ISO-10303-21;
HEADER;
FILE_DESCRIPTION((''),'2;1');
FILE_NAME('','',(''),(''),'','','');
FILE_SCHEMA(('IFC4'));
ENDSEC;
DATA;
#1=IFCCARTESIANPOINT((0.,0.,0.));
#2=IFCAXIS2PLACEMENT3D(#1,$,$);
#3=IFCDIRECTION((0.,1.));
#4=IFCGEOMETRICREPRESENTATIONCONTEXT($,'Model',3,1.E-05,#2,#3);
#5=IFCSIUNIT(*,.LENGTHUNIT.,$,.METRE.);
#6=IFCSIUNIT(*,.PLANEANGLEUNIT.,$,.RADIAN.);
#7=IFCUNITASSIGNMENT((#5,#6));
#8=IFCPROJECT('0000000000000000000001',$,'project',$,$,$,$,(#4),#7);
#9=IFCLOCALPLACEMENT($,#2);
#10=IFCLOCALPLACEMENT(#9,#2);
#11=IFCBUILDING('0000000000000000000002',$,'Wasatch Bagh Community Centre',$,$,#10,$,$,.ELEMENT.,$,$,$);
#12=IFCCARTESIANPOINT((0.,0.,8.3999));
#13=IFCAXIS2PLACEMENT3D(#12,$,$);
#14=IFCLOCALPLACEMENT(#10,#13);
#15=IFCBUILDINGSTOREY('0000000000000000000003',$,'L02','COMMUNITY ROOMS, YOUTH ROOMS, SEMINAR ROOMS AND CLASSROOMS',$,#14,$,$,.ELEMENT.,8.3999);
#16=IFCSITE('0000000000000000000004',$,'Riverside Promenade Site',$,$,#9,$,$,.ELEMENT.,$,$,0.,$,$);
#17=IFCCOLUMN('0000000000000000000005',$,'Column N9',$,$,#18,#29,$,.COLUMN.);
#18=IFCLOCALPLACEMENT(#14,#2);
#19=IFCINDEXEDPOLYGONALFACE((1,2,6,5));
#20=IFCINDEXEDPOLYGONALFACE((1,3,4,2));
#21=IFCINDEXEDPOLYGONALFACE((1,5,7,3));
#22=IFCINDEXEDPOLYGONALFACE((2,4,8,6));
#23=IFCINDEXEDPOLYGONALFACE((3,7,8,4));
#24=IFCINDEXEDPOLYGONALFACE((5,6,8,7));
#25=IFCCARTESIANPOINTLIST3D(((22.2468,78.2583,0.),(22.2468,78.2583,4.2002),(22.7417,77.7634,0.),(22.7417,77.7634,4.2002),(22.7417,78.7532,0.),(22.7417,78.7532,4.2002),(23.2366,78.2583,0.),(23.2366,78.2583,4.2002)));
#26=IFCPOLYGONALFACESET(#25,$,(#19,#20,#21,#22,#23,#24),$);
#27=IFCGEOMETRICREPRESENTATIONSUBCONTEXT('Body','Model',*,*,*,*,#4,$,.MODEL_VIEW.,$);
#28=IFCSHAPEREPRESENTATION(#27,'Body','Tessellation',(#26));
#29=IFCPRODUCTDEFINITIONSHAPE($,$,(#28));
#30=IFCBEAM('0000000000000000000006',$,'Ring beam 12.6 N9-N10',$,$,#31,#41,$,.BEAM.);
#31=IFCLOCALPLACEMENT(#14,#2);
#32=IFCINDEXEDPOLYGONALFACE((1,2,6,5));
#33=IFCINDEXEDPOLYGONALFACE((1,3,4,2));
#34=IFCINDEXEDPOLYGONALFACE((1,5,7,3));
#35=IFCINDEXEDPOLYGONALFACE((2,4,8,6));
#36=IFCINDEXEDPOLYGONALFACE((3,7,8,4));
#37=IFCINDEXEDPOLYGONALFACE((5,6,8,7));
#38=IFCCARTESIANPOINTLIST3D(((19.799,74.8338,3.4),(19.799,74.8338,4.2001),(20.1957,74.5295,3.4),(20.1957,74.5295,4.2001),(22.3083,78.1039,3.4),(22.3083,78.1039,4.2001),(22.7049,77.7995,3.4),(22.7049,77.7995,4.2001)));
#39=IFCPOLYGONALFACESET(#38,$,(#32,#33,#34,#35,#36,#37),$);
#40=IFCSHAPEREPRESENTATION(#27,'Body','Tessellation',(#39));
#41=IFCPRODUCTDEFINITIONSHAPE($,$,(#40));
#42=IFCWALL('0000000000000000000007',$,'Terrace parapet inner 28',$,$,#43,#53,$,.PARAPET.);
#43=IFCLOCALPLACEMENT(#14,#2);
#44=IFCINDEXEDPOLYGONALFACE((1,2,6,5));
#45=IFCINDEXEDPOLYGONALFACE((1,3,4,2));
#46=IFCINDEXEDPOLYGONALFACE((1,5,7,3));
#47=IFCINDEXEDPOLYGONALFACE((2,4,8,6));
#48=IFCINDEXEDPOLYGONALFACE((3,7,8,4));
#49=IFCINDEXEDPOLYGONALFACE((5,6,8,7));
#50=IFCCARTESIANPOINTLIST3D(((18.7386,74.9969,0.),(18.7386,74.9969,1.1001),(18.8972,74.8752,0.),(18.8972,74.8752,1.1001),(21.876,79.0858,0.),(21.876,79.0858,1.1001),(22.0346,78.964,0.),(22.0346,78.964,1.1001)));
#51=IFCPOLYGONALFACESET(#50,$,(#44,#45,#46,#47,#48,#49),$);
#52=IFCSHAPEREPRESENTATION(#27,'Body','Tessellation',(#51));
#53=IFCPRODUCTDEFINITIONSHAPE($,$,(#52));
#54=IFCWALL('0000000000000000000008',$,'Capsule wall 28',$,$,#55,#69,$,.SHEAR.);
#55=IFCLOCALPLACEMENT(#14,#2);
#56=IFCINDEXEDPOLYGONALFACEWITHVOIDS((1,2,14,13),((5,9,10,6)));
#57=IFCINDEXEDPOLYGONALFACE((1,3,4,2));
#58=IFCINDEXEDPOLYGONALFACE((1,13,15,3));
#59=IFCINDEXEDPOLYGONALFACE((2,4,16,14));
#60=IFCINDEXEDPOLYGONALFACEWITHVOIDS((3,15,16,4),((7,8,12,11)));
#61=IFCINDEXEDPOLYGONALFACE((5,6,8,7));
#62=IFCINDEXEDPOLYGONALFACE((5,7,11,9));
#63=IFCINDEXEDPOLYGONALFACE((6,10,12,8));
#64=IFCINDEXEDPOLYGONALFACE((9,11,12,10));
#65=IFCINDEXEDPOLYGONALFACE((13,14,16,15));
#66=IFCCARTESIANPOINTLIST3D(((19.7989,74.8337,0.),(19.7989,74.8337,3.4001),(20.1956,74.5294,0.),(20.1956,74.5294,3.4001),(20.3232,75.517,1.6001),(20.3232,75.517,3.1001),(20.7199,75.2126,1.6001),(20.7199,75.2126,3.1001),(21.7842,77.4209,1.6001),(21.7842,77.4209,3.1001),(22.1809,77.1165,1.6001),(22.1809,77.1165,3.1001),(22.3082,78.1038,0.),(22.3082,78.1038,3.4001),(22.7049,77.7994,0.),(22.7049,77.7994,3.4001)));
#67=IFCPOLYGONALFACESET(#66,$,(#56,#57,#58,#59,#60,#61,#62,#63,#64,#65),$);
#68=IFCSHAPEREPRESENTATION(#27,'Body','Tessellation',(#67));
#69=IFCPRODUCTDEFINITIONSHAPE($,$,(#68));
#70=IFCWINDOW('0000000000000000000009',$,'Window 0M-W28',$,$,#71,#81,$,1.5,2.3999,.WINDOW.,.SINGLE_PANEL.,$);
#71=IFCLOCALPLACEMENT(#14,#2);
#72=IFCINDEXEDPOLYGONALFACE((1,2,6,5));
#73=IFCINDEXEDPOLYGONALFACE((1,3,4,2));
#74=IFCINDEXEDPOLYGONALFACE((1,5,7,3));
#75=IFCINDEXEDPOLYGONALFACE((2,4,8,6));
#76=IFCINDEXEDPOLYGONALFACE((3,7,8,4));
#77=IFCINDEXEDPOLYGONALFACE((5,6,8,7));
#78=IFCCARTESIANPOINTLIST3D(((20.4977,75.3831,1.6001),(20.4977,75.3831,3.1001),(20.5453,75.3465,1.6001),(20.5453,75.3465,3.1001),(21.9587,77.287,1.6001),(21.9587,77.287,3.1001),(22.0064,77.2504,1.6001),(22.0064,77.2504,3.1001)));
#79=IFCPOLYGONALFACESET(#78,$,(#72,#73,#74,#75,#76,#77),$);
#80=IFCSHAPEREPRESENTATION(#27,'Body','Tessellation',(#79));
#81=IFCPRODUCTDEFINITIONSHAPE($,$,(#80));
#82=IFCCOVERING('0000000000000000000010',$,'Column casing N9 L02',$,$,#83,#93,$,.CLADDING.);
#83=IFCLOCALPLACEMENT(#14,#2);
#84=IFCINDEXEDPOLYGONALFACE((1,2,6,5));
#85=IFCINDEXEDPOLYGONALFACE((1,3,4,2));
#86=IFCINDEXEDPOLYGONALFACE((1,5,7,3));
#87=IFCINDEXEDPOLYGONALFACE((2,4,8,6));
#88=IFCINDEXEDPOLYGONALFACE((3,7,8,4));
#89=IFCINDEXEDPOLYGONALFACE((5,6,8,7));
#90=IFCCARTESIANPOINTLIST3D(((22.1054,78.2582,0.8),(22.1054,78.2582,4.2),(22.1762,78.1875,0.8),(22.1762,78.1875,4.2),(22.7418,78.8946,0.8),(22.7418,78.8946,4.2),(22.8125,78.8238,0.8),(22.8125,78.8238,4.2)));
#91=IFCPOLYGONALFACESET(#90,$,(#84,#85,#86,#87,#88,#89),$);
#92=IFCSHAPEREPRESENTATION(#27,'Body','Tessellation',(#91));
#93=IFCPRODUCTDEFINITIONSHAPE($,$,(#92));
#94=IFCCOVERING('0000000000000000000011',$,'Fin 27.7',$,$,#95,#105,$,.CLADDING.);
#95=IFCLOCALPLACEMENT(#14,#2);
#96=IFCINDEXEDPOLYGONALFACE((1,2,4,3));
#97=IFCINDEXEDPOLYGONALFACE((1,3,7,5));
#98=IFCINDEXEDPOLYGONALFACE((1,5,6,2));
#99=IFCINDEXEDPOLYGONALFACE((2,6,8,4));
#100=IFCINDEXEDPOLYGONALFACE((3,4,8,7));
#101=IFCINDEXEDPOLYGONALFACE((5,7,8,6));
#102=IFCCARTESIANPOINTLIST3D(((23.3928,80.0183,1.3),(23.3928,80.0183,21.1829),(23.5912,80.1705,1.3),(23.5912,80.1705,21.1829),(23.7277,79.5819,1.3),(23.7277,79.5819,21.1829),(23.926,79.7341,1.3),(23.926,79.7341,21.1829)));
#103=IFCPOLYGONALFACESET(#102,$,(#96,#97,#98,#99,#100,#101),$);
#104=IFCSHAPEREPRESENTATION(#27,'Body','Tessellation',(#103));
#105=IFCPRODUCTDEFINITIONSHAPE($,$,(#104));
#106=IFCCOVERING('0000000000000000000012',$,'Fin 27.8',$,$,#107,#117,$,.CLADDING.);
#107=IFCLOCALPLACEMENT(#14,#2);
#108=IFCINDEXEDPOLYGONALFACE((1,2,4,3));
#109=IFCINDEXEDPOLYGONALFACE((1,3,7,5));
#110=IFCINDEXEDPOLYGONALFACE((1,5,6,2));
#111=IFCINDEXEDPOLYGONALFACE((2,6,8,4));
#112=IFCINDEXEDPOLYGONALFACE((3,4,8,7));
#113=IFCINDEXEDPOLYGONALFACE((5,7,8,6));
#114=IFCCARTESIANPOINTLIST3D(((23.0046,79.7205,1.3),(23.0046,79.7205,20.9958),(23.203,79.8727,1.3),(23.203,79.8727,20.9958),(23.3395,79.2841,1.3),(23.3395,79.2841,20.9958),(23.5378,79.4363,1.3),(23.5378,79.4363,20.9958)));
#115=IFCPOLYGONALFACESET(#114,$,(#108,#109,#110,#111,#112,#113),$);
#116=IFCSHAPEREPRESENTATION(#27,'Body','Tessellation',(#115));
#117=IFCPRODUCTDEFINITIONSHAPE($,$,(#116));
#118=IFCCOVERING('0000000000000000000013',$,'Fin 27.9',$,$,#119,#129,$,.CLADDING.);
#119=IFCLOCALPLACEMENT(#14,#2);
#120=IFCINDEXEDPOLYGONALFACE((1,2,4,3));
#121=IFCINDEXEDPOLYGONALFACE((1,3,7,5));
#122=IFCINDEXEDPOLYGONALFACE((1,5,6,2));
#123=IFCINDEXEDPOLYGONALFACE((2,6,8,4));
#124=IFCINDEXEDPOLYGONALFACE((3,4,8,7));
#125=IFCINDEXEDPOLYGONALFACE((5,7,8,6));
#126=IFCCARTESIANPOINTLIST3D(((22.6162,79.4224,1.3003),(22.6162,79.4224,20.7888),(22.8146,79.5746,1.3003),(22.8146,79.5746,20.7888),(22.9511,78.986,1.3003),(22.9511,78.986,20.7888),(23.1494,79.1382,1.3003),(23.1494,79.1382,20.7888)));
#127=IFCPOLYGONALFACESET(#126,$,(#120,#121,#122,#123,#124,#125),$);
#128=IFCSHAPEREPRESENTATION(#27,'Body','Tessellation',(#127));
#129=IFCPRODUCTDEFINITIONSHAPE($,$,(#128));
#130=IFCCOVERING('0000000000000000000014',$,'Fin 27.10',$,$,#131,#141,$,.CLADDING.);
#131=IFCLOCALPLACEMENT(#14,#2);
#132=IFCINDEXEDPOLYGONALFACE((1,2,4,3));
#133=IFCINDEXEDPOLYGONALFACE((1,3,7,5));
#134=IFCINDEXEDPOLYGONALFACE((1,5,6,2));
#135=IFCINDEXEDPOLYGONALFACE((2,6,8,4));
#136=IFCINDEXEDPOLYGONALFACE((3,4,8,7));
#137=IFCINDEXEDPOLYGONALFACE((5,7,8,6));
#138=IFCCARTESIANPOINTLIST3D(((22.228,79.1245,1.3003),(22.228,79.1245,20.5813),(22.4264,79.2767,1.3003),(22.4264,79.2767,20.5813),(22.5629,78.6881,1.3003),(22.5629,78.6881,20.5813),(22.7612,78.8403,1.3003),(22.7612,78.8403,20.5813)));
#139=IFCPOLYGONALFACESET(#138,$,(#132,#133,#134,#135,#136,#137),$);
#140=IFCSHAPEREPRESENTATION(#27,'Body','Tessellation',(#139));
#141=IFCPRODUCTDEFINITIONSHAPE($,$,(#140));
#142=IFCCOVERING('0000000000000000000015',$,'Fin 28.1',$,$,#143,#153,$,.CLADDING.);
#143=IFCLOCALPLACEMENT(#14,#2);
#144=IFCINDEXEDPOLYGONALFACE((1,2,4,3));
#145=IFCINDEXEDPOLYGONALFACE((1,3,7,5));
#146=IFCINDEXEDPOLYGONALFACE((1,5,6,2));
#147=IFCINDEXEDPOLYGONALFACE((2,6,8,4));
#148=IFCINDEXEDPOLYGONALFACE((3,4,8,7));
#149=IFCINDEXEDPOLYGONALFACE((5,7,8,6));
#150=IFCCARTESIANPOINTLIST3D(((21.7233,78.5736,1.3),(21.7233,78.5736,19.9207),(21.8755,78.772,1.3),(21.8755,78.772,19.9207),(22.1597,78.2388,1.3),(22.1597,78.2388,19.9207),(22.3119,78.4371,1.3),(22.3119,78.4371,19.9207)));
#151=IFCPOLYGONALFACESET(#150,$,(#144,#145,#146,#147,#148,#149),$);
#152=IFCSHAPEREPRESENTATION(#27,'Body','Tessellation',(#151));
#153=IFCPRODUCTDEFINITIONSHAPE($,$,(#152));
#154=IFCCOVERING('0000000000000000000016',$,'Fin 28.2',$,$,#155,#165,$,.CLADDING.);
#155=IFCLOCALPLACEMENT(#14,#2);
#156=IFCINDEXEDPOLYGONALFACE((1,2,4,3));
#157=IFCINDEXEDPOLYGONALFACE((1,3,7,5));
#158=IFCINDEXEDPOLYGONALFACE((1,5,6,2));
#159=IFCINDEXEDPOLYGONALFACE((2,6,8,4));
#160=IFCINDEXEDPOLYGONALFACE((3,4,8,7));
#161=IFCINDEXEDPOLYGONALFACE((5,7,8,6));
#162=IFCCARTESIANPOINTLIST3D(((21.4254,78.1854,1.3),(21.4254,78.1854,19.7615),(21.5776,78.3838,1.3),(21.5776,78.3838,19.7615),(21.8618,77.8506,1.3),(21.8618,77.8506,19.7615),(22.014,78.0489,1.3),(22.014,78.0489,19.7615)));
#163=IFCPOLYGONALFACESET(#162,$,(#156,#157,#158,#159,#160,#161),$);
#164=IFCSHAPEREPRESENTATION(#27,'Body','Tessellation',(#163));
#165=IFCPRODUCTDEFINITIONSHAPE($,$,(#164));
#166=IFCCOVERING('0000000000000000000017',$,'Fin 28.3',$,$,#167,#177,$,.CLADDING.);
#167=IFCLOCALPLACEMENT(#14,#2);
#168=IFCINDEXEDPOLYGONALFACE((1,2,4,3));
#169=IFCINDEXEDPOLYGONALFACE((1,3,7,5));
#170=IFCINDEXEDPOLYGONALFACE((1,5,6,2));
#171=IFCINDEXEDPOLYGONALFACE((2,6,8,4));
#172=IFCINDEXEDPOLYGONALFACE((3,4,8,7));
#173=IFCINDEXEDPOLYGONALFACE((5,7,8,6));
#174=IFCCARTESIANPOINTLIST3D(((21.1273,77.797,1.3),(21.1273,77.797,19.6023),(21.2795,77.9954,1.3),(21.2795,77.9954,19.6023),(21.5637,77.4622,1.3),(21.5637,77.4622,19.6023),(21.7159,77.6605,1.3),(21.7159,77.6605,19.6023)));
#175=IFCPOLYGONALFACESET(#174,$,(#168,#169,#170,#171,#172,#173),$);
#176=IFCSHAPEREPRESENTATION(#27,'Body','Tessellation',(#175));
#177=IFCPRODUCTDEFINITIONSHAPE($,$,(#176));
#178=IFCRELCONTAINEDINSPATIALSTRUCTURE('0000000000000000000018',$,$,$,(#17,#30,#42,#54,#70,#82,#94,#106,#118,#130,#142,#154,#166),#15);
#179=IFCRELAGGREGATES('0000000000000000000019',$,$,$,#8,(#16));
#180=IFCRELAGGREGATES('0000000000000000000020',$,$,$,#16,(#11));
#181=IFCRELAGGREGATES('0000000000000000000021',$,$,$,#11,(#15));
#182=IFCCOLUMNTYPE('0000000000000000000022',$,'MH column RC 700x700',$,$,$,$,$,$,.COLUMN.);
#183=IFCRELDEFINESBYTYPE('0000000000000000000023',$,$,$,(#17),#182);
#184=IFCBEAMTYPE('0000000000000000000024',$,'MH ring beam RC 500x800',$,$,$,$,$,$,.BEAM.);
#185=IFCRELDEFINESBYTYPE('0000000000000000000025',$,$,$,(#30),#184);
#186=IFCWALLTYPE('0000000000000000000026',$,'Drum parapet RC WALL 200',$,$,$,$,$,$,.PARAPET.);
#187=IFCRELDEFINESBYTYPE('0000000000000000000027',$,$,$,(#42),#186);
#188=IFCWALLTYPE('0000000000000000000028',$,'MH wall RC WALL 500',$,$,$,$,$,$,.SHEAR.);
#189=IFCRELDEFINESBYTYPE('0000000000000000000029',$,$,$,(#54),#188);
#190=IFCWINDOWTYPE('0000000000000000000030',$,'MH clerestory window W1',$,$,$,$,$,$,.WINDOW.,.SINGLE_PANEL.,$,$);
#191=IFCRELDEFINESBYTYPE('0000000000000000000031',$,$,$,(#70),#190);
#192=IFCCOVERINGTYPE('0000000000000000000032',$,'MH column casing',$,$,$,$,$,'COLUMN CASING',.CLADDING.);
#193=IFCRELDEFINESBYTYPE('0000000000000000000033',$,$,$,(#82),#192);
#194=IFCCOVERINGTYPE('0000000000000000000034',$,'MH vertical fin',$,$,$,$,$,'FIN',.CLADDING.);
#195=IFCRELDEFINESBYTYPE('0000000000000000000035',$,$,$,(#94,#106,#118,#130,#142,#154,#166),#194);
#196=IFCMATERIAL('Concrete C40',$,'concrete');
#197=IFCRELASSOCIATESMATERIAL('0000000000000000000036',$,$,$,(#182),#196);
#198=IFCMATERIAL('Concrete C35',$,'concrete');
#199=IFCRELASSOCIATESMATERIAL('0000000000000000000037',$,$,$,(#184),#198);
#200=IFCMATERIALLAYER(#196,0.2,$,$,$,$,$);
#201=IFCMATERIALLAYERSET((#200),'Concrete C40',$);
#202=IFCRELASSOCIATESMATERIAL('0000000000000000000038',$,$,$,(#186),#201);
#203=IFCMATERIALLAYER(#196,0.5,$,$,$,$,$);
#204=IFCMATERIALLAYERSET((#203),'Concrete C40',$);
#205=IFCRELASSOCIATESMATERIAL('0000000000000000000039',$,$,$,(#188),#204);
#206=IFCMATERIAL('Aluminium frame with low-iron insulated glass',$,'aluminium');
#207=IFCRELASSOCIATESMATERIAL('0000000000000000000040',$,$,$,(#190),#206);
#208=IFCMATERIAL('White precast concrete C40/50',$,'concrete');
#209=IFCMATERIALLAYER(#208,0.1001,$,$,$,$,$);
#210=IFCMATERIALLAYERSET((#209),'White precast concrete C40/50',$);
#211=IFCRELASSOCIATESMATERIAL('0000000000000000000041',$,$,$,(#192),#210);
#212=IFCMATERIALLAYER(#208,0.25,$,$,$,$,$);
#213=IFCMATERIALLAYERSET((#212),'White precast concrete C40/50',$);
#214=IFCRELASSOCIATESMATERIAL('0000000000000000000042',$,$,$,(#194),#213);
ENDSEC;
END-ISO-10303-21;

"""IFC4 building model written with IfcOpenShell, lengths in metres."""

from ifc_helpers import new_model, si_unit, direction, frame, frame_2d, origin, origin_2d, place, context, subcontext, project, spatial, rectangle, extrude, material, layer, layer_set, material_profile, profile_set, type_object, element, fill, save


model = new_model("IFC4")

# Units and contexts
model_context = context("Model", 3, precision=1e-05, world=origin(), true_north=direction((0.0, 1.0)))
body_context = subcontext(model_context, "Body", "Model", "MODEL_VIEW")
ifc_project = project(units=[si_unit("LENGTHUNIT", "METRE"), si_unit("PLANEANGLEUNIT", "RADIAN")], contexts=[model_context])

# Site, building, storey
site_placement = place(None, origin())
site = spatial("IfcSite", under=ifc_project, at=site_placement, Name="Riverside Promenade Site", CompositionType="ELEMENT", RefElevation=0.0)
building_placement = place(site_placement, origin())
building = spatial("IfcBuilding", under=site, at=building_placement, Name="Wasatch Bagh Community Centre", CompositionType="ELEMENT")
storey_placement = place(building_placement, frame((0.0, 0.0, 8.3999)))
storey = spatial("IfcBuildingStorey", under=building, at=storey_placement, Name="L02", Description="COMMUNITY ROOMS, YOUTH ROOMS, SEMINAR ROOMS AND CLASSROOMS", CompositionType="ELEMENT", Elevation=8.3999)

# Column
ifc_material_1 = material(Name="Concrete C40", Category="concrete")
ifc_material_profile_1 = material_profile(ifc_material_1, rectangle(XDim=0.7, YDim=0.7, at=origin_2d()), Name="RC 700x700")
ifc_profile_set_1 = profile_set([ifc_material_profile_1], Name="Concrete C40")
column_type = type_object("IfcColumnType", Name="MH column RC 700x700", PredefinedType="COLUMN", material=ifc_profile_set_1)
column_placement = place(storey_placement, frame((22.7417, 78.2583, 0.0), z_axis=(0.0, 0.0, 1.0), x_axis=(0.707107, 0.707107, 0.0)))
element("IfcColumn", 1, at=column_placement, inside=storey, type_object=column_type, Name="Column N9", PredefinedType="COLUMN", context=body_context, shape_type="SweptSolid", body=[
    extrude(rectangle(XDim=0.7, YDim=0.7, at=origin_2d()), origin(), (0.0, 0.0, 1.0), 4.2002),
])

# Beam
ifc_material_2 = material(Name="Concrete C35", Category="concrete")
ifc_material_profile_2 = material_profile(ifc_material_2, rectangle(XDim=0.5, YDim=0.8, at=origin_2d()), Name="RC 500x800")
ifc_profile_set_2 = profile_set([ifc_material_profile_2], Name="Concrete C35")
beam_type = type_object("IfcBeamType", Name="MH ring beam RC 500x800", PredefinedType="BEAM", material=ifc_profile_set_2)
beam_placement = place(storey_placement, frame((22.5066, 77.9517, 3.8), z_axis=(-0.608777, -0.793341, 0.0), x_axis=(0.793341, -0.608777, 0.0)))
element("IfcBeam", 2, at=beam_placement, inside=storey, type_object=beam_type, Name="Ring beam 12.6 N9-N10", PredefinedType="BEAM", context=body_context, shape_type="SweptSolid", body=[
    extrude(rectangle(XDim=0.5, YDim=0.8, at=origin_2d()), origin(), (0.0, 0.0, 1.0), 4.1218),
])

# Wall
ifc_layer_1 = layer(ifc_material_1, 0.2)
ifc_layer_set_1 = layer_set([ifc_layer_1], Name="Concrete C40")
wall_type_1 = type_object("IfcWallType", Name="Drum parapet RC WALL 200", PredefinedType="PARAPET", material=ifc_layer_set_1)
wall_1_placement = place(storey_placement, frame((21.9553, 79.0249, 0.0), z_axis=(0.0, 0.0, 1.0), x_axis=(-0.608756, -0.793358, 0.0)))
element("IfcWall", 3, at=wall_1_placement, inside=storey, type_object=wall_type_1, Name="Terrace parapet inner 28", PredefinedType="PARAPET", context=body_context, shape_type="SweptSolid", body=[
    extrude(rectangle(XDim=5.1538, YDim=0.2, at=frame_2d((2.5769, 0.0))), origin(), (0.0, 0.0, 1.0), 1.1001),
])

# Wall, opening, window
ifc_layer_2 = layer(ifc_material_1, 0.5)
ifc_layer_set_2 = layer_set([ifc_layer_2], Name="Concrete C40")
wall_type_2 = type_object("IfcWallType", Name="MH wall RC WALL 500", PredefinedType="SHEAR", material=ifc_layer_set_2)
wall_2_placement = place(storey_placement, frame((22.5066, 77.9517, 0.0), z_axis=(0.0, 0.0, 1.0), x_axis=(-0.608777, -0.793341, 0.0)))
wall_2 = element("IfcWall", 4, at=wall_2_placement, inside=storey, type_object=wall_type_2, Name="Capsule wall 28", PredefinedType="SHEAR", context=body_context, shape_type="SweptSolid", body=[
    extrude(rectangle(XDim=4.1218, YDim=0.5, at=frame_2d((2.061, 0.0))), origin(), (0.0, 0.0, 1.0), 3.4001),
])
opening_placement = place(wall_2_placement, frame((0.8608, 0.0, 1.6001)))
opening = element("IfcOpeningElement", 5, at=opening_placement, cuts=wall_2, PredefinedType="OPENING", context=body_context, shape_type="SweptSolid", body=[
    extrude(rectangle(XDim=2.3999, YDim=1.5, at=frame_2d((1.2, 0.75))), frame((0.0, 0.26, 0.0), z_axis=(0.0, -1.0, 0.0), x_axis=(1.0, 0.0, 0.0)), (0.0, 0.0, 1.0), 0.52),
])
ifc_material_3 = material(Name="Aluminium frame with low-iron insulated glass", Category="aluminium")
window_type = type_object("IfcWindowType", Name="MH clerestory window W1", PartitioningType="SINGLE_PANEL", PredefinedType="WINDOW", material=ifc_material_3)
window_placement = place(opening_placement, origin())
window = element("IfcWindow", 6, at=window_placement, inside=storey, type_object=window_type, Name="Window 0M-W28", OverallHeight=1.5, OverallWidth=2.3999, PartitioningType="SINGLE_PANEL", PredefinedType="WINDOW", context=body_context, shape_type="SweptSolid", body=[
    extrude(rectangle(XDim=2.3999, YDim=1.5, at=frame_2d((1.2, 0.75))), frame((0.0, 0.03, 0.0), z_axis=(0.0, -1.0, 0.0), x_axis=(1.0, 0.0, 0.0)), (0.0, 0.0, 1.0), 0.0601),
])
fill(opening, window)

# Coverings
ifc_material_4 = material(Name="White precast concrete C40/50", Category="concrete")
ifc_layer_3 = layer(ifc_material_4, 0.1001)
ifc_layer_set_3 = layer_set([ifc_layer_3], Name="White precast concrete C40/50")
covering_type_1 = type_object("IfcCoveringType", Name="MH column casing", ElementType="COLUMN CASING", PredefinedType="CLADDING", material=ifc_layer_set_3)
covering_1_placement = place(storey_placement, frame((22.459, 78.541, 0.8), z_axis=(0.0, 0.0, 1.0), x_axis=(-0.707107, -0.707107, 0.0)))
element("IfcCovering", 7, at=covering_1_placement, inside=storey, type_object=covering_type_1, Name="Column casing N9 L02", PredefinedType="CLADDING", context=body_context, shape_type="SweptSolid", body=[
    extrude(rectangle(XDim=0.8999, YDim=0.1001, at=origin_2d()), origin(), (0.0, 0.0, 1.0), 3.3999),
])
ifc_layer_4 = layer(ifc_material_4, 0.25)
ifc_layer_set_4 = layer_set([ifc_layer_4], Name="White precast concrete C40/50")
covering_type_2 = type_object("IfcCoveringType", Name="MH vertical fin", ElementType="FIN", PredefinedType="CLADDING", material=ifc_layer_set_4)
covering_2_placement = place(storey_placement, frame((23.6594, 79.8762, 1.3), z_axis=(0.0, 0.0, 1.0), x_axis=(-0.793353, -0.608761, 0.0)))
element("IfcCovering", 8, at=covering_2_placement, inside=storey, type_object=covering_type_2, Name="Fin 27.7", PredefinedType="CLADDING", context=body_context, shape_type="SweptSolid", body=[
    extrude(rectangle(XDim=0.25, YDim=0.55, at=origin_2d()), origin(), (0.0, 0.0, 1.0), 19.8828),
])
covering_3_placement = place(storey_placement, frame((23.2712, 79.5784, 1.3), z_axis=(0.0, 0.0, 1.0), x_axis=(-0.793353, -0.608761, 0.0)))
element("IfcCovering", 9, at=covering_3_placement, inside=storey, type_object=covering_type_2, Name="Fin 27.8", PredefinedType="CLADDING", context=body_context, shape_type="SweptSolid", body=[
    extrude(rectangle(XDim=0.25, YDim=0.55, at=origin_2d()), origin(), (0.0, 0.0, 1.0), 19.6958),
])
covering_4_placement = place(storey_placement, frame((22.8828, 79.2803, 1.3003), z_axis=(0.0, 0.0, 1.0), x_axis=(-0.793353, -0.608761, 0.0)))
element("IfcCovering", 10, at=covering_4_placement, inside=storey, type_object=covering_type_2, Name="Fin 27.9", PredefinedType="CLADDING", context=body_context, shape_type="SweptSolid", body=[
    extrude(rectangle(XDim=0.25, YDim=0.55, at=origin_2d()), origin(), (0.0, 0.0, 1.0), 19.4885),
])
covering_5_placement = place(storey_placement, frame((22.4946, 78.9824, 1.3003), z_axis=(0.0, 0.0, 1.0), x_axis=(-0.793353, -0.608761, 0.0)))
element("IfcCovering", 11, at=covering_5_placement, inside=storey, type_object=covering_type_2, Name="Fin 27.10", PredefinedType="CLADDING", context=body_context, shape_type="SweptSolid", body=[
    extrude(rectangle(XDim=0.25, YDim=0.55, at=origin_2d()), origin(), (0.0, 0.0, 1.0), 19.281),
])
covering_6_placement = place(storey_placement, frame((22.0176, 78.5054, 1.3), z_axis=(0.0, 0.0, 1.0), x_axis=(-0.608761, -0.793353, 0.0)))
element("IfcCovering", 12, at=covering_6_placement, inside=storey, type_object=covering_type_2, Name="Fin 28.1", PredefinedType="CLADDING", context=body_context, shape_type="SweptSolid", body=[
    extrude(rectangle(XDim=0.25, YDim=0.55, at=origin_2d()), origin(), (0.0, 0.0, 1.0), 18.6206),
])
covering_7_placement = place(storey_placement, frame((21.7197, 78.1172, 1.3), z_axis=(0.0, 0.0, 1.0), x_axis=(-0.608761, -0.793353, 0.0)))
element("IfcCovering", 13, at=covering_7_placement, inside=storey, type_object=covering_type_2, Name="Fin 28.2", PredefinedType="CLADDING", context=body_context, shape_type="SweptSolid", body=[
    extrude(rectangle(XDim=0.25, YDim=0.55, at=origin_2d()), origin(), (0.0, 0.0, 1.0), 18.4614),
])
covering_8_placement = place(storey_placement, frame((21.4216, 77.7288, 1.3), z_axis=(0.0, 0.0, 1.0), x_axis=(-0.608761, -0.793353, 0.0)))
element("IfcCovering", 14, at=covering_8_placement, inside=storey, type_object=covering_type_2, Name="Fin 28.3", PredefinedType="CLADDING", context=body_context, shape_type="SweptSolid", body=[
    extrude(rectangle(XDim=0.25, YDim=0.55, at=origin_2d()), origin(), (0.0, 0.0, 1.0), 18.3022),
])

save(model, "model.ifc")
